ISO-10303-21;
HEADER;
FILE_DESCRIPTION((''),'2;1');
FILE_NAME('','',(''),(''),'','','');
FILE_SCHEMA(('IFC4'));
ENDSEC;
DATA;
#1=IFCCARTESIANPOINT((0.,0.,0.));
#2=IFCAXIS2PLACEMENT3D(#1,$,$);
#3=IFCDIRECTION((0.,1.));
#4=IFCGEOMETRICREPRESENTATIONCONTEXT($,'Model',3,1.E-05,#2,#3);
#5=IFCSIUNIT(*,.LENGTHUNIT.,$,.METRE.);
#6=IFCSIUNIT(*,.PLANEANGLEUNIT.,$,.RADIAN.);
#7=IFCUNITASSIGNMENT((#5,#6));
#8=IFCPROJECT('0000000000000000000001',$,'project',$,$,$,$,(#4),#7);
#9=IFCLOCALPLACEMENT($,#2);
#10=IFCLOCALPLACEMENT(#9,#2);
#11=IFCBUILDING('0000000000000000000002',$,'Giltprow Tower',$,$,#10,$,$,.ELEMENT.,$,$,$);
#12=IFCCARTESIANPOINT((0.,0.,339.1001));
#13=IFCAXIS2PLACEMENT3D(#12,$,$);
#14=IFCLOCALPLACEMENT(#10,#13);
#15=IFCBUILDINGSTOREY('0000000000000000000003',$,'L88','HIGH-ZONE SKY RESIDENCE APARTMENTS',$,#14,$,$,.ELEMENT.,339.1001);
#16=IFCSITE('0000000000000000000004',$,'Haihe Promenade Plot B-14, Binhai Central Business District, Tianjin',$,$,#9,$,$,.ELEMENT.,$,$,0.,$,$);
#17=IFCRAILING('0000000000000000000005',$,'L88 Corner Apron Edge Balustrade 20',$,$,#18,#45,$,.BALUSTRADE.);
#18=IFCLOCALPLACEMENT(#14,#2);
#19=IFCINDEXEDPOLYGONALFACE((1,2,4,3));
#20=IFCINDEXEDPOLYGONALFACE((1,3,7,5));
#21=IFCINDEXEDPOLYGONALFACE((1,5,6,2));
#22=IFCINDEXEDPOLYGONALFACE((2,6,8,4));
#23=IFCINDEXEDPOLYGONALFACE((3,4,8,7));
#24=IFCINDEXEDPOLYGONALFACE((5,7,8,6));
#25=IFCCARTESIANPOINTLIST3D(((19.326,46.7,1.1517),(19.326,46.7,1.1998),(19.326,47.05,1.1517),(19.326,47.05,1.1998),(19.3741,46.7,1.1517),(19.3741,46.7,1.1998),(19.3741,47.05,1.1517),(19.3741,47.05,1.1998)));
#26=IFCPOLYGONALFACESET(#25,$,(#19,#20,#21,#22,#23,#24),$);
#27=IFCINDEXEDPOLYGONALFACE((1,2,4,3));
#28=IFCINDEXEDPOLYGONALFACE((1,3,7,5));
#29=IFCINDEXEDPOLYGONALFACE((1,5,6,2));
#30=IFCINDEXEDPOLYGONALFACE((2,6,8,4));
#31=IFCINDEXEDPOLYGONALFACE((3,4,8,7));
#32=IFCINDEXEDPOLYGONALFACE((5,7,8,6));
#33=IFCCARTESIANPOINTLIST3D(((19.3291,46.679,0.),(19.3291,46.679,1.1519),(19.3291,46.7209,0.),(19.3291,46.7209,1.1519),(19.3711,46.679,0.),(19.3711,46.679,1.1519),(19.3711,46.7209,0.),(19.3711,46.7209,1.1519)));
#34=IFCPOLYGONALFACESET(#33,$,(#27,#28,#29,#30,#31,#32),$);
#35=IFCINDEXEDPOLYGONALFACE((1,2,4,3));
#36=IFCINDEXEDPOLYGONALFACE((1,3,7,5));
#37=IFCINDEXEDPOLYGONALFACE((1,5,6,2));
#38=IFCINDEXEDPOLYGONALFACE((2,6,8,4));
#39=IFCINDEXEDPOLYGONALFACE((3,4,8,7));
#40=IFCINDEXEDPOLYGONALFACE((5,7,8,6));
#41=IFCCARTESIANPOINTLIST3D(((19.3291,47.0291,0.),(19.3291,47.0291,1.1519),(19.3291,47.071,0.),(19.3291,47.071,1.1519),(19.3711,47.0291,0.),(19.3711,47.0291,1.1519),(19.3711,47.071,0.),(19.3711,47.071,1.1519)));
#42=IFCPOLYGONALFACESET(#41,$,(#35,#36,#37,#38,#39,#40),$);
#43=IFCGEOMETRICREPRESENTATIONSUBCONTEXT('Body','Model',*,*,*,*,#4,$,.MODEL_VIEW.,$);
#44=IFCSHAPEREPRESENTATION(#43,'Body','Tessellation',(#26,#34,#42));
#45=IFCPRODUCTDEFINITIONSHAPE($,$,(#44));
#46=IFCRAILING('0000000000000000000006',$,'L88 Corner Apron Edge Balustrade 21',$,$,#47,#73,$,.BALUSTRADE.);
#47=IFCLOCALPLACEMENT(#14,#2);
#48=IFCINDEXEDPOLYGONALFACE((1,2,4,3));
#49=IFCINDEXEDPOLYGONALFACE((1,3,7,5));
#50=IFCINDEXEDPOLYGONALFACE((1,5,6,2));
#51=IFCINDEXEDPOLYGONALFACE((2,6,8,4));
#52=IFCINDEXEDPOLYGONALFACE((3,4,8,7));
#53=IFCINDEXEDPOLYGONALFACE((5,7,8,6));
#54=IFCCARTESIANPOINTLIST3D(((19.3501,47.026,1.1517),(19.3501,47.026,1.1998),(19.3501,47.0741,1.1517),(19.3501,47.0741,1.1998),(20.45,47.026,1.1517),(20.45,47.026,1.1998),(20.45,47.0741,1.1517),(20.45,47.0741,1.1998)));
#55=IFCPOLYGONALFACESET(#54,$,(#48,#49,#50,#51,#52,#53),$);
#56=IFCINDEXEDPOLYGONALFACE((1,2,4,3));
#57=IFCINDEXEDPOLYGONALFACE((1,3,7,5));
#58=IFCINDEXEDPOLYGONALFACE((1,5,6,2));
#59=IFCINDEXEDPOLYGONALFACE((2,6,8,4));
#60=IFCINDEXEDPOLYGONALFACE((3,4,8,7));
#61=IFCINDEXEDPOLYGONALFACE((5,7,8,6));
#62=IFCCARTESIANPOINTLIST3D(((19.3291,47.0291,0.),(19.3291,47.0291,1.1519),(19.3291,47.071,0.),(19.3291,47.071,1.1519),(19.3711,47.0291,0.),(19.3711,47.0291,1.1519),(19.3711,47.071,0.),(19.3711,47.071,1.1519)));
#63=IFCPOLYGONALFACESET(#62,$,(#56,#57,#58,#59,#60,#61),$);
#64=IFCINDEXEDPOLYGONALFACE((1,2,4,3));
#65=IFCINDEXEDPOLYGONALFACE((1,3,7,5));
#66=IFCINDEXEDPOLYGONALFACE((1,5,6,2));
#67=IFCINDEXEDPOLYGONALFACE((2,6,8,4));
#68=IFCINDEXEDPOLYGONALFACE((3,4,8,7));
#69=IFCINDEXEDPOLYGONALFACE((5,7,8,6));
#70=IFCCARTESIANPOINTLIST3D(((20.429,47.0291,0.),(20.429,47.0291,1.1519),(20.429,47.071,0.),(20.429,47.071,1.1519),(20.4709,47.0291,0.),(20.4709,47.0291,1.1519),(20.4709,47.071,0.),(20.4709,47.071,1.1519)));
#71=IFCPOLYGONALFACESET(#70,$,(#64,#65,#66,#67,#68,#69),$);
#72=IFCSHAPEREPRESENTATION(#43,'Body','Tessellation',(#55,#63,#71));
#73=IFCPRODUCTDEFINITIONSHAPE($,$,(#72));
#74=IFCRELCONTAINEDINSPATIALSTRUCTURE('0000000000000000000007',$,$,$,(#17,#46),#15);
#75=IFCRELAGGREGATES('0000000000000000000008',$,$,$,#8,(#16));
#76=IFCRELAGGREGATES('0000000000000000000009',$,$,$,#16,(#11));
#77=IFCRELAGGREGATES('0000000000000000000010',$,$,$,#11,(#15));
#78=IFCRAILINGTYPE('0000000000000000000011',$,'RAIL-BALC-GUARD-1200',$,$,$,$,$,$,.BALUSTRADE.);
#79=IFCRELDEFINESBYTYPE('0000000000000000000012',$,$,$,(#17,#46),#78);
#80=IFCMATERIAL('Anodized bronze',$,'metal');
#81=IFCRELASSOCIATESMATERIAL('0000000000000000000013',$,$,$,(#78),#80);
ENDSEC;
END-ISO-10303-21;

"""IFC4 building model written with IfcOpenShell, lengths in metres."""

from ifc_helpers import new_model, si_unit, direction, frame, origin, origin_2d, place, context, subcontext, project, spatial, rectangle, extrude, material, type_object, element, save


model = new_model("IFC4")

# Units and contexts
model_context = context("Model", 3, precision=1e-05, world=origin(), true_north=direction((0.0, 1.0)))
body_context = subcontext(model_context, "Body", "Model", "MODEL_VIEW")
ifc_project = project(units=[si_unit("LENGTHUNIT", "METRE"), si_unit("PLANEANGLEUNIT", "RADIAN")], contexts=[model_context])

# Site, building, storey
site_placement = place(None, origin())
site = spatial("IfcSite", under=ifc_project, at=site_placement, Name="Haihe Promenade Plot B-14, Binhai Central Business District, Tianjin", CompositionType="ELEMENT", RefElevation=0.0)
building_placement = place(site_placement, origin())
building = spatial("IfcBuilding", under=site, at=building_placement, Name="Giltprow Tower", CompositionType="ELEMENT")
storey_placement = place(building_placement, frame((0.0, 0.0, 339.1001)))
storey = spatial("IfcBuildingStorey", under=building, at=storey_placement, Name="L88", Description="HIGH-ZONE SKY RESIDENCE APARTMENTS", CompositionType="ELEMENT", Elevation=339.1001)

# Railings
ifc_material_1 = material(Name="Anodized bronze", Category="metal")
railing_type = type_object("IfcRailingType", Name="RAIL-BALC-GUARD-1200", PredefinedType="BALUSTRADE", material=ifc_material_1)
railing_1_placement = place(storey_placement, frame((19.3501, 46.7, 0.0)))
element("IfcRailing", 1, at=railing_1_placement, inside=storey, type_object=railing_type, Name="L88 Corner Apron Edge Balustrade 20", PredefinedType="BALUSTRADE", context=body_context, shape_type="SweptSolid", body=[
    extrude(rectangle(XDim=0.0481, YDim=0.0481, at=origin_2d()), frame((0.0, 0.0, 1.1758), z_axis=(0.0, 1.0, 0.0), x_axis=(-1.0, 0.0, 0.0)), (0.0, 0.0, 1.0), 0.3501),
    extrude(rectangle(XDim=0.042, YDim=0.042, at=origin_2d()), origin(), (0.0, 0.0, 1.0), 1.1519),
    extrude(rectangle(XDim=0.042, YDim=0.042, at=origin_2d()), frame((0.0, 0.3501, 0.0)), (0.0, 0.0, 1.0), 1.1519),
])
railing_2_placement = place(storey_placement, frame((19.3501, 47.05, 0.0)))
element("IfcRailing", 2, at=railing_2_placement, inside=storey, type_object=railing_type, Name="L88 Corner Apron Edge Balustrade 21", PredefinedType="BALUSTRADE", context=body_context, shape_type="SweptSolid", body=[
    extrude(rectangle(XDim=0.0481, YDim=0.0481, at=origin_2d()), frame((0.0, 0.0, 1.1758), z_axis=(1.0, 0.0, 0.0), x_axis=(0.0, 1.0, 0.0)), (0.0, 0.0, 1.0), 1.0999),
    extrude(rectangle(XDim=0.042, YDim=0.042, at=origin_2d()), origin(), (0.0, 0.0, 1.0), 1.1519),
    extrude(rectangle(XDim=0.042, YDim=0.042, at=origin_2d()), frame((1.0999, 0.0, 0.0)), (0.0, 0.0, 1.0), 1.1519),
])

save(model, "model.ifc")
